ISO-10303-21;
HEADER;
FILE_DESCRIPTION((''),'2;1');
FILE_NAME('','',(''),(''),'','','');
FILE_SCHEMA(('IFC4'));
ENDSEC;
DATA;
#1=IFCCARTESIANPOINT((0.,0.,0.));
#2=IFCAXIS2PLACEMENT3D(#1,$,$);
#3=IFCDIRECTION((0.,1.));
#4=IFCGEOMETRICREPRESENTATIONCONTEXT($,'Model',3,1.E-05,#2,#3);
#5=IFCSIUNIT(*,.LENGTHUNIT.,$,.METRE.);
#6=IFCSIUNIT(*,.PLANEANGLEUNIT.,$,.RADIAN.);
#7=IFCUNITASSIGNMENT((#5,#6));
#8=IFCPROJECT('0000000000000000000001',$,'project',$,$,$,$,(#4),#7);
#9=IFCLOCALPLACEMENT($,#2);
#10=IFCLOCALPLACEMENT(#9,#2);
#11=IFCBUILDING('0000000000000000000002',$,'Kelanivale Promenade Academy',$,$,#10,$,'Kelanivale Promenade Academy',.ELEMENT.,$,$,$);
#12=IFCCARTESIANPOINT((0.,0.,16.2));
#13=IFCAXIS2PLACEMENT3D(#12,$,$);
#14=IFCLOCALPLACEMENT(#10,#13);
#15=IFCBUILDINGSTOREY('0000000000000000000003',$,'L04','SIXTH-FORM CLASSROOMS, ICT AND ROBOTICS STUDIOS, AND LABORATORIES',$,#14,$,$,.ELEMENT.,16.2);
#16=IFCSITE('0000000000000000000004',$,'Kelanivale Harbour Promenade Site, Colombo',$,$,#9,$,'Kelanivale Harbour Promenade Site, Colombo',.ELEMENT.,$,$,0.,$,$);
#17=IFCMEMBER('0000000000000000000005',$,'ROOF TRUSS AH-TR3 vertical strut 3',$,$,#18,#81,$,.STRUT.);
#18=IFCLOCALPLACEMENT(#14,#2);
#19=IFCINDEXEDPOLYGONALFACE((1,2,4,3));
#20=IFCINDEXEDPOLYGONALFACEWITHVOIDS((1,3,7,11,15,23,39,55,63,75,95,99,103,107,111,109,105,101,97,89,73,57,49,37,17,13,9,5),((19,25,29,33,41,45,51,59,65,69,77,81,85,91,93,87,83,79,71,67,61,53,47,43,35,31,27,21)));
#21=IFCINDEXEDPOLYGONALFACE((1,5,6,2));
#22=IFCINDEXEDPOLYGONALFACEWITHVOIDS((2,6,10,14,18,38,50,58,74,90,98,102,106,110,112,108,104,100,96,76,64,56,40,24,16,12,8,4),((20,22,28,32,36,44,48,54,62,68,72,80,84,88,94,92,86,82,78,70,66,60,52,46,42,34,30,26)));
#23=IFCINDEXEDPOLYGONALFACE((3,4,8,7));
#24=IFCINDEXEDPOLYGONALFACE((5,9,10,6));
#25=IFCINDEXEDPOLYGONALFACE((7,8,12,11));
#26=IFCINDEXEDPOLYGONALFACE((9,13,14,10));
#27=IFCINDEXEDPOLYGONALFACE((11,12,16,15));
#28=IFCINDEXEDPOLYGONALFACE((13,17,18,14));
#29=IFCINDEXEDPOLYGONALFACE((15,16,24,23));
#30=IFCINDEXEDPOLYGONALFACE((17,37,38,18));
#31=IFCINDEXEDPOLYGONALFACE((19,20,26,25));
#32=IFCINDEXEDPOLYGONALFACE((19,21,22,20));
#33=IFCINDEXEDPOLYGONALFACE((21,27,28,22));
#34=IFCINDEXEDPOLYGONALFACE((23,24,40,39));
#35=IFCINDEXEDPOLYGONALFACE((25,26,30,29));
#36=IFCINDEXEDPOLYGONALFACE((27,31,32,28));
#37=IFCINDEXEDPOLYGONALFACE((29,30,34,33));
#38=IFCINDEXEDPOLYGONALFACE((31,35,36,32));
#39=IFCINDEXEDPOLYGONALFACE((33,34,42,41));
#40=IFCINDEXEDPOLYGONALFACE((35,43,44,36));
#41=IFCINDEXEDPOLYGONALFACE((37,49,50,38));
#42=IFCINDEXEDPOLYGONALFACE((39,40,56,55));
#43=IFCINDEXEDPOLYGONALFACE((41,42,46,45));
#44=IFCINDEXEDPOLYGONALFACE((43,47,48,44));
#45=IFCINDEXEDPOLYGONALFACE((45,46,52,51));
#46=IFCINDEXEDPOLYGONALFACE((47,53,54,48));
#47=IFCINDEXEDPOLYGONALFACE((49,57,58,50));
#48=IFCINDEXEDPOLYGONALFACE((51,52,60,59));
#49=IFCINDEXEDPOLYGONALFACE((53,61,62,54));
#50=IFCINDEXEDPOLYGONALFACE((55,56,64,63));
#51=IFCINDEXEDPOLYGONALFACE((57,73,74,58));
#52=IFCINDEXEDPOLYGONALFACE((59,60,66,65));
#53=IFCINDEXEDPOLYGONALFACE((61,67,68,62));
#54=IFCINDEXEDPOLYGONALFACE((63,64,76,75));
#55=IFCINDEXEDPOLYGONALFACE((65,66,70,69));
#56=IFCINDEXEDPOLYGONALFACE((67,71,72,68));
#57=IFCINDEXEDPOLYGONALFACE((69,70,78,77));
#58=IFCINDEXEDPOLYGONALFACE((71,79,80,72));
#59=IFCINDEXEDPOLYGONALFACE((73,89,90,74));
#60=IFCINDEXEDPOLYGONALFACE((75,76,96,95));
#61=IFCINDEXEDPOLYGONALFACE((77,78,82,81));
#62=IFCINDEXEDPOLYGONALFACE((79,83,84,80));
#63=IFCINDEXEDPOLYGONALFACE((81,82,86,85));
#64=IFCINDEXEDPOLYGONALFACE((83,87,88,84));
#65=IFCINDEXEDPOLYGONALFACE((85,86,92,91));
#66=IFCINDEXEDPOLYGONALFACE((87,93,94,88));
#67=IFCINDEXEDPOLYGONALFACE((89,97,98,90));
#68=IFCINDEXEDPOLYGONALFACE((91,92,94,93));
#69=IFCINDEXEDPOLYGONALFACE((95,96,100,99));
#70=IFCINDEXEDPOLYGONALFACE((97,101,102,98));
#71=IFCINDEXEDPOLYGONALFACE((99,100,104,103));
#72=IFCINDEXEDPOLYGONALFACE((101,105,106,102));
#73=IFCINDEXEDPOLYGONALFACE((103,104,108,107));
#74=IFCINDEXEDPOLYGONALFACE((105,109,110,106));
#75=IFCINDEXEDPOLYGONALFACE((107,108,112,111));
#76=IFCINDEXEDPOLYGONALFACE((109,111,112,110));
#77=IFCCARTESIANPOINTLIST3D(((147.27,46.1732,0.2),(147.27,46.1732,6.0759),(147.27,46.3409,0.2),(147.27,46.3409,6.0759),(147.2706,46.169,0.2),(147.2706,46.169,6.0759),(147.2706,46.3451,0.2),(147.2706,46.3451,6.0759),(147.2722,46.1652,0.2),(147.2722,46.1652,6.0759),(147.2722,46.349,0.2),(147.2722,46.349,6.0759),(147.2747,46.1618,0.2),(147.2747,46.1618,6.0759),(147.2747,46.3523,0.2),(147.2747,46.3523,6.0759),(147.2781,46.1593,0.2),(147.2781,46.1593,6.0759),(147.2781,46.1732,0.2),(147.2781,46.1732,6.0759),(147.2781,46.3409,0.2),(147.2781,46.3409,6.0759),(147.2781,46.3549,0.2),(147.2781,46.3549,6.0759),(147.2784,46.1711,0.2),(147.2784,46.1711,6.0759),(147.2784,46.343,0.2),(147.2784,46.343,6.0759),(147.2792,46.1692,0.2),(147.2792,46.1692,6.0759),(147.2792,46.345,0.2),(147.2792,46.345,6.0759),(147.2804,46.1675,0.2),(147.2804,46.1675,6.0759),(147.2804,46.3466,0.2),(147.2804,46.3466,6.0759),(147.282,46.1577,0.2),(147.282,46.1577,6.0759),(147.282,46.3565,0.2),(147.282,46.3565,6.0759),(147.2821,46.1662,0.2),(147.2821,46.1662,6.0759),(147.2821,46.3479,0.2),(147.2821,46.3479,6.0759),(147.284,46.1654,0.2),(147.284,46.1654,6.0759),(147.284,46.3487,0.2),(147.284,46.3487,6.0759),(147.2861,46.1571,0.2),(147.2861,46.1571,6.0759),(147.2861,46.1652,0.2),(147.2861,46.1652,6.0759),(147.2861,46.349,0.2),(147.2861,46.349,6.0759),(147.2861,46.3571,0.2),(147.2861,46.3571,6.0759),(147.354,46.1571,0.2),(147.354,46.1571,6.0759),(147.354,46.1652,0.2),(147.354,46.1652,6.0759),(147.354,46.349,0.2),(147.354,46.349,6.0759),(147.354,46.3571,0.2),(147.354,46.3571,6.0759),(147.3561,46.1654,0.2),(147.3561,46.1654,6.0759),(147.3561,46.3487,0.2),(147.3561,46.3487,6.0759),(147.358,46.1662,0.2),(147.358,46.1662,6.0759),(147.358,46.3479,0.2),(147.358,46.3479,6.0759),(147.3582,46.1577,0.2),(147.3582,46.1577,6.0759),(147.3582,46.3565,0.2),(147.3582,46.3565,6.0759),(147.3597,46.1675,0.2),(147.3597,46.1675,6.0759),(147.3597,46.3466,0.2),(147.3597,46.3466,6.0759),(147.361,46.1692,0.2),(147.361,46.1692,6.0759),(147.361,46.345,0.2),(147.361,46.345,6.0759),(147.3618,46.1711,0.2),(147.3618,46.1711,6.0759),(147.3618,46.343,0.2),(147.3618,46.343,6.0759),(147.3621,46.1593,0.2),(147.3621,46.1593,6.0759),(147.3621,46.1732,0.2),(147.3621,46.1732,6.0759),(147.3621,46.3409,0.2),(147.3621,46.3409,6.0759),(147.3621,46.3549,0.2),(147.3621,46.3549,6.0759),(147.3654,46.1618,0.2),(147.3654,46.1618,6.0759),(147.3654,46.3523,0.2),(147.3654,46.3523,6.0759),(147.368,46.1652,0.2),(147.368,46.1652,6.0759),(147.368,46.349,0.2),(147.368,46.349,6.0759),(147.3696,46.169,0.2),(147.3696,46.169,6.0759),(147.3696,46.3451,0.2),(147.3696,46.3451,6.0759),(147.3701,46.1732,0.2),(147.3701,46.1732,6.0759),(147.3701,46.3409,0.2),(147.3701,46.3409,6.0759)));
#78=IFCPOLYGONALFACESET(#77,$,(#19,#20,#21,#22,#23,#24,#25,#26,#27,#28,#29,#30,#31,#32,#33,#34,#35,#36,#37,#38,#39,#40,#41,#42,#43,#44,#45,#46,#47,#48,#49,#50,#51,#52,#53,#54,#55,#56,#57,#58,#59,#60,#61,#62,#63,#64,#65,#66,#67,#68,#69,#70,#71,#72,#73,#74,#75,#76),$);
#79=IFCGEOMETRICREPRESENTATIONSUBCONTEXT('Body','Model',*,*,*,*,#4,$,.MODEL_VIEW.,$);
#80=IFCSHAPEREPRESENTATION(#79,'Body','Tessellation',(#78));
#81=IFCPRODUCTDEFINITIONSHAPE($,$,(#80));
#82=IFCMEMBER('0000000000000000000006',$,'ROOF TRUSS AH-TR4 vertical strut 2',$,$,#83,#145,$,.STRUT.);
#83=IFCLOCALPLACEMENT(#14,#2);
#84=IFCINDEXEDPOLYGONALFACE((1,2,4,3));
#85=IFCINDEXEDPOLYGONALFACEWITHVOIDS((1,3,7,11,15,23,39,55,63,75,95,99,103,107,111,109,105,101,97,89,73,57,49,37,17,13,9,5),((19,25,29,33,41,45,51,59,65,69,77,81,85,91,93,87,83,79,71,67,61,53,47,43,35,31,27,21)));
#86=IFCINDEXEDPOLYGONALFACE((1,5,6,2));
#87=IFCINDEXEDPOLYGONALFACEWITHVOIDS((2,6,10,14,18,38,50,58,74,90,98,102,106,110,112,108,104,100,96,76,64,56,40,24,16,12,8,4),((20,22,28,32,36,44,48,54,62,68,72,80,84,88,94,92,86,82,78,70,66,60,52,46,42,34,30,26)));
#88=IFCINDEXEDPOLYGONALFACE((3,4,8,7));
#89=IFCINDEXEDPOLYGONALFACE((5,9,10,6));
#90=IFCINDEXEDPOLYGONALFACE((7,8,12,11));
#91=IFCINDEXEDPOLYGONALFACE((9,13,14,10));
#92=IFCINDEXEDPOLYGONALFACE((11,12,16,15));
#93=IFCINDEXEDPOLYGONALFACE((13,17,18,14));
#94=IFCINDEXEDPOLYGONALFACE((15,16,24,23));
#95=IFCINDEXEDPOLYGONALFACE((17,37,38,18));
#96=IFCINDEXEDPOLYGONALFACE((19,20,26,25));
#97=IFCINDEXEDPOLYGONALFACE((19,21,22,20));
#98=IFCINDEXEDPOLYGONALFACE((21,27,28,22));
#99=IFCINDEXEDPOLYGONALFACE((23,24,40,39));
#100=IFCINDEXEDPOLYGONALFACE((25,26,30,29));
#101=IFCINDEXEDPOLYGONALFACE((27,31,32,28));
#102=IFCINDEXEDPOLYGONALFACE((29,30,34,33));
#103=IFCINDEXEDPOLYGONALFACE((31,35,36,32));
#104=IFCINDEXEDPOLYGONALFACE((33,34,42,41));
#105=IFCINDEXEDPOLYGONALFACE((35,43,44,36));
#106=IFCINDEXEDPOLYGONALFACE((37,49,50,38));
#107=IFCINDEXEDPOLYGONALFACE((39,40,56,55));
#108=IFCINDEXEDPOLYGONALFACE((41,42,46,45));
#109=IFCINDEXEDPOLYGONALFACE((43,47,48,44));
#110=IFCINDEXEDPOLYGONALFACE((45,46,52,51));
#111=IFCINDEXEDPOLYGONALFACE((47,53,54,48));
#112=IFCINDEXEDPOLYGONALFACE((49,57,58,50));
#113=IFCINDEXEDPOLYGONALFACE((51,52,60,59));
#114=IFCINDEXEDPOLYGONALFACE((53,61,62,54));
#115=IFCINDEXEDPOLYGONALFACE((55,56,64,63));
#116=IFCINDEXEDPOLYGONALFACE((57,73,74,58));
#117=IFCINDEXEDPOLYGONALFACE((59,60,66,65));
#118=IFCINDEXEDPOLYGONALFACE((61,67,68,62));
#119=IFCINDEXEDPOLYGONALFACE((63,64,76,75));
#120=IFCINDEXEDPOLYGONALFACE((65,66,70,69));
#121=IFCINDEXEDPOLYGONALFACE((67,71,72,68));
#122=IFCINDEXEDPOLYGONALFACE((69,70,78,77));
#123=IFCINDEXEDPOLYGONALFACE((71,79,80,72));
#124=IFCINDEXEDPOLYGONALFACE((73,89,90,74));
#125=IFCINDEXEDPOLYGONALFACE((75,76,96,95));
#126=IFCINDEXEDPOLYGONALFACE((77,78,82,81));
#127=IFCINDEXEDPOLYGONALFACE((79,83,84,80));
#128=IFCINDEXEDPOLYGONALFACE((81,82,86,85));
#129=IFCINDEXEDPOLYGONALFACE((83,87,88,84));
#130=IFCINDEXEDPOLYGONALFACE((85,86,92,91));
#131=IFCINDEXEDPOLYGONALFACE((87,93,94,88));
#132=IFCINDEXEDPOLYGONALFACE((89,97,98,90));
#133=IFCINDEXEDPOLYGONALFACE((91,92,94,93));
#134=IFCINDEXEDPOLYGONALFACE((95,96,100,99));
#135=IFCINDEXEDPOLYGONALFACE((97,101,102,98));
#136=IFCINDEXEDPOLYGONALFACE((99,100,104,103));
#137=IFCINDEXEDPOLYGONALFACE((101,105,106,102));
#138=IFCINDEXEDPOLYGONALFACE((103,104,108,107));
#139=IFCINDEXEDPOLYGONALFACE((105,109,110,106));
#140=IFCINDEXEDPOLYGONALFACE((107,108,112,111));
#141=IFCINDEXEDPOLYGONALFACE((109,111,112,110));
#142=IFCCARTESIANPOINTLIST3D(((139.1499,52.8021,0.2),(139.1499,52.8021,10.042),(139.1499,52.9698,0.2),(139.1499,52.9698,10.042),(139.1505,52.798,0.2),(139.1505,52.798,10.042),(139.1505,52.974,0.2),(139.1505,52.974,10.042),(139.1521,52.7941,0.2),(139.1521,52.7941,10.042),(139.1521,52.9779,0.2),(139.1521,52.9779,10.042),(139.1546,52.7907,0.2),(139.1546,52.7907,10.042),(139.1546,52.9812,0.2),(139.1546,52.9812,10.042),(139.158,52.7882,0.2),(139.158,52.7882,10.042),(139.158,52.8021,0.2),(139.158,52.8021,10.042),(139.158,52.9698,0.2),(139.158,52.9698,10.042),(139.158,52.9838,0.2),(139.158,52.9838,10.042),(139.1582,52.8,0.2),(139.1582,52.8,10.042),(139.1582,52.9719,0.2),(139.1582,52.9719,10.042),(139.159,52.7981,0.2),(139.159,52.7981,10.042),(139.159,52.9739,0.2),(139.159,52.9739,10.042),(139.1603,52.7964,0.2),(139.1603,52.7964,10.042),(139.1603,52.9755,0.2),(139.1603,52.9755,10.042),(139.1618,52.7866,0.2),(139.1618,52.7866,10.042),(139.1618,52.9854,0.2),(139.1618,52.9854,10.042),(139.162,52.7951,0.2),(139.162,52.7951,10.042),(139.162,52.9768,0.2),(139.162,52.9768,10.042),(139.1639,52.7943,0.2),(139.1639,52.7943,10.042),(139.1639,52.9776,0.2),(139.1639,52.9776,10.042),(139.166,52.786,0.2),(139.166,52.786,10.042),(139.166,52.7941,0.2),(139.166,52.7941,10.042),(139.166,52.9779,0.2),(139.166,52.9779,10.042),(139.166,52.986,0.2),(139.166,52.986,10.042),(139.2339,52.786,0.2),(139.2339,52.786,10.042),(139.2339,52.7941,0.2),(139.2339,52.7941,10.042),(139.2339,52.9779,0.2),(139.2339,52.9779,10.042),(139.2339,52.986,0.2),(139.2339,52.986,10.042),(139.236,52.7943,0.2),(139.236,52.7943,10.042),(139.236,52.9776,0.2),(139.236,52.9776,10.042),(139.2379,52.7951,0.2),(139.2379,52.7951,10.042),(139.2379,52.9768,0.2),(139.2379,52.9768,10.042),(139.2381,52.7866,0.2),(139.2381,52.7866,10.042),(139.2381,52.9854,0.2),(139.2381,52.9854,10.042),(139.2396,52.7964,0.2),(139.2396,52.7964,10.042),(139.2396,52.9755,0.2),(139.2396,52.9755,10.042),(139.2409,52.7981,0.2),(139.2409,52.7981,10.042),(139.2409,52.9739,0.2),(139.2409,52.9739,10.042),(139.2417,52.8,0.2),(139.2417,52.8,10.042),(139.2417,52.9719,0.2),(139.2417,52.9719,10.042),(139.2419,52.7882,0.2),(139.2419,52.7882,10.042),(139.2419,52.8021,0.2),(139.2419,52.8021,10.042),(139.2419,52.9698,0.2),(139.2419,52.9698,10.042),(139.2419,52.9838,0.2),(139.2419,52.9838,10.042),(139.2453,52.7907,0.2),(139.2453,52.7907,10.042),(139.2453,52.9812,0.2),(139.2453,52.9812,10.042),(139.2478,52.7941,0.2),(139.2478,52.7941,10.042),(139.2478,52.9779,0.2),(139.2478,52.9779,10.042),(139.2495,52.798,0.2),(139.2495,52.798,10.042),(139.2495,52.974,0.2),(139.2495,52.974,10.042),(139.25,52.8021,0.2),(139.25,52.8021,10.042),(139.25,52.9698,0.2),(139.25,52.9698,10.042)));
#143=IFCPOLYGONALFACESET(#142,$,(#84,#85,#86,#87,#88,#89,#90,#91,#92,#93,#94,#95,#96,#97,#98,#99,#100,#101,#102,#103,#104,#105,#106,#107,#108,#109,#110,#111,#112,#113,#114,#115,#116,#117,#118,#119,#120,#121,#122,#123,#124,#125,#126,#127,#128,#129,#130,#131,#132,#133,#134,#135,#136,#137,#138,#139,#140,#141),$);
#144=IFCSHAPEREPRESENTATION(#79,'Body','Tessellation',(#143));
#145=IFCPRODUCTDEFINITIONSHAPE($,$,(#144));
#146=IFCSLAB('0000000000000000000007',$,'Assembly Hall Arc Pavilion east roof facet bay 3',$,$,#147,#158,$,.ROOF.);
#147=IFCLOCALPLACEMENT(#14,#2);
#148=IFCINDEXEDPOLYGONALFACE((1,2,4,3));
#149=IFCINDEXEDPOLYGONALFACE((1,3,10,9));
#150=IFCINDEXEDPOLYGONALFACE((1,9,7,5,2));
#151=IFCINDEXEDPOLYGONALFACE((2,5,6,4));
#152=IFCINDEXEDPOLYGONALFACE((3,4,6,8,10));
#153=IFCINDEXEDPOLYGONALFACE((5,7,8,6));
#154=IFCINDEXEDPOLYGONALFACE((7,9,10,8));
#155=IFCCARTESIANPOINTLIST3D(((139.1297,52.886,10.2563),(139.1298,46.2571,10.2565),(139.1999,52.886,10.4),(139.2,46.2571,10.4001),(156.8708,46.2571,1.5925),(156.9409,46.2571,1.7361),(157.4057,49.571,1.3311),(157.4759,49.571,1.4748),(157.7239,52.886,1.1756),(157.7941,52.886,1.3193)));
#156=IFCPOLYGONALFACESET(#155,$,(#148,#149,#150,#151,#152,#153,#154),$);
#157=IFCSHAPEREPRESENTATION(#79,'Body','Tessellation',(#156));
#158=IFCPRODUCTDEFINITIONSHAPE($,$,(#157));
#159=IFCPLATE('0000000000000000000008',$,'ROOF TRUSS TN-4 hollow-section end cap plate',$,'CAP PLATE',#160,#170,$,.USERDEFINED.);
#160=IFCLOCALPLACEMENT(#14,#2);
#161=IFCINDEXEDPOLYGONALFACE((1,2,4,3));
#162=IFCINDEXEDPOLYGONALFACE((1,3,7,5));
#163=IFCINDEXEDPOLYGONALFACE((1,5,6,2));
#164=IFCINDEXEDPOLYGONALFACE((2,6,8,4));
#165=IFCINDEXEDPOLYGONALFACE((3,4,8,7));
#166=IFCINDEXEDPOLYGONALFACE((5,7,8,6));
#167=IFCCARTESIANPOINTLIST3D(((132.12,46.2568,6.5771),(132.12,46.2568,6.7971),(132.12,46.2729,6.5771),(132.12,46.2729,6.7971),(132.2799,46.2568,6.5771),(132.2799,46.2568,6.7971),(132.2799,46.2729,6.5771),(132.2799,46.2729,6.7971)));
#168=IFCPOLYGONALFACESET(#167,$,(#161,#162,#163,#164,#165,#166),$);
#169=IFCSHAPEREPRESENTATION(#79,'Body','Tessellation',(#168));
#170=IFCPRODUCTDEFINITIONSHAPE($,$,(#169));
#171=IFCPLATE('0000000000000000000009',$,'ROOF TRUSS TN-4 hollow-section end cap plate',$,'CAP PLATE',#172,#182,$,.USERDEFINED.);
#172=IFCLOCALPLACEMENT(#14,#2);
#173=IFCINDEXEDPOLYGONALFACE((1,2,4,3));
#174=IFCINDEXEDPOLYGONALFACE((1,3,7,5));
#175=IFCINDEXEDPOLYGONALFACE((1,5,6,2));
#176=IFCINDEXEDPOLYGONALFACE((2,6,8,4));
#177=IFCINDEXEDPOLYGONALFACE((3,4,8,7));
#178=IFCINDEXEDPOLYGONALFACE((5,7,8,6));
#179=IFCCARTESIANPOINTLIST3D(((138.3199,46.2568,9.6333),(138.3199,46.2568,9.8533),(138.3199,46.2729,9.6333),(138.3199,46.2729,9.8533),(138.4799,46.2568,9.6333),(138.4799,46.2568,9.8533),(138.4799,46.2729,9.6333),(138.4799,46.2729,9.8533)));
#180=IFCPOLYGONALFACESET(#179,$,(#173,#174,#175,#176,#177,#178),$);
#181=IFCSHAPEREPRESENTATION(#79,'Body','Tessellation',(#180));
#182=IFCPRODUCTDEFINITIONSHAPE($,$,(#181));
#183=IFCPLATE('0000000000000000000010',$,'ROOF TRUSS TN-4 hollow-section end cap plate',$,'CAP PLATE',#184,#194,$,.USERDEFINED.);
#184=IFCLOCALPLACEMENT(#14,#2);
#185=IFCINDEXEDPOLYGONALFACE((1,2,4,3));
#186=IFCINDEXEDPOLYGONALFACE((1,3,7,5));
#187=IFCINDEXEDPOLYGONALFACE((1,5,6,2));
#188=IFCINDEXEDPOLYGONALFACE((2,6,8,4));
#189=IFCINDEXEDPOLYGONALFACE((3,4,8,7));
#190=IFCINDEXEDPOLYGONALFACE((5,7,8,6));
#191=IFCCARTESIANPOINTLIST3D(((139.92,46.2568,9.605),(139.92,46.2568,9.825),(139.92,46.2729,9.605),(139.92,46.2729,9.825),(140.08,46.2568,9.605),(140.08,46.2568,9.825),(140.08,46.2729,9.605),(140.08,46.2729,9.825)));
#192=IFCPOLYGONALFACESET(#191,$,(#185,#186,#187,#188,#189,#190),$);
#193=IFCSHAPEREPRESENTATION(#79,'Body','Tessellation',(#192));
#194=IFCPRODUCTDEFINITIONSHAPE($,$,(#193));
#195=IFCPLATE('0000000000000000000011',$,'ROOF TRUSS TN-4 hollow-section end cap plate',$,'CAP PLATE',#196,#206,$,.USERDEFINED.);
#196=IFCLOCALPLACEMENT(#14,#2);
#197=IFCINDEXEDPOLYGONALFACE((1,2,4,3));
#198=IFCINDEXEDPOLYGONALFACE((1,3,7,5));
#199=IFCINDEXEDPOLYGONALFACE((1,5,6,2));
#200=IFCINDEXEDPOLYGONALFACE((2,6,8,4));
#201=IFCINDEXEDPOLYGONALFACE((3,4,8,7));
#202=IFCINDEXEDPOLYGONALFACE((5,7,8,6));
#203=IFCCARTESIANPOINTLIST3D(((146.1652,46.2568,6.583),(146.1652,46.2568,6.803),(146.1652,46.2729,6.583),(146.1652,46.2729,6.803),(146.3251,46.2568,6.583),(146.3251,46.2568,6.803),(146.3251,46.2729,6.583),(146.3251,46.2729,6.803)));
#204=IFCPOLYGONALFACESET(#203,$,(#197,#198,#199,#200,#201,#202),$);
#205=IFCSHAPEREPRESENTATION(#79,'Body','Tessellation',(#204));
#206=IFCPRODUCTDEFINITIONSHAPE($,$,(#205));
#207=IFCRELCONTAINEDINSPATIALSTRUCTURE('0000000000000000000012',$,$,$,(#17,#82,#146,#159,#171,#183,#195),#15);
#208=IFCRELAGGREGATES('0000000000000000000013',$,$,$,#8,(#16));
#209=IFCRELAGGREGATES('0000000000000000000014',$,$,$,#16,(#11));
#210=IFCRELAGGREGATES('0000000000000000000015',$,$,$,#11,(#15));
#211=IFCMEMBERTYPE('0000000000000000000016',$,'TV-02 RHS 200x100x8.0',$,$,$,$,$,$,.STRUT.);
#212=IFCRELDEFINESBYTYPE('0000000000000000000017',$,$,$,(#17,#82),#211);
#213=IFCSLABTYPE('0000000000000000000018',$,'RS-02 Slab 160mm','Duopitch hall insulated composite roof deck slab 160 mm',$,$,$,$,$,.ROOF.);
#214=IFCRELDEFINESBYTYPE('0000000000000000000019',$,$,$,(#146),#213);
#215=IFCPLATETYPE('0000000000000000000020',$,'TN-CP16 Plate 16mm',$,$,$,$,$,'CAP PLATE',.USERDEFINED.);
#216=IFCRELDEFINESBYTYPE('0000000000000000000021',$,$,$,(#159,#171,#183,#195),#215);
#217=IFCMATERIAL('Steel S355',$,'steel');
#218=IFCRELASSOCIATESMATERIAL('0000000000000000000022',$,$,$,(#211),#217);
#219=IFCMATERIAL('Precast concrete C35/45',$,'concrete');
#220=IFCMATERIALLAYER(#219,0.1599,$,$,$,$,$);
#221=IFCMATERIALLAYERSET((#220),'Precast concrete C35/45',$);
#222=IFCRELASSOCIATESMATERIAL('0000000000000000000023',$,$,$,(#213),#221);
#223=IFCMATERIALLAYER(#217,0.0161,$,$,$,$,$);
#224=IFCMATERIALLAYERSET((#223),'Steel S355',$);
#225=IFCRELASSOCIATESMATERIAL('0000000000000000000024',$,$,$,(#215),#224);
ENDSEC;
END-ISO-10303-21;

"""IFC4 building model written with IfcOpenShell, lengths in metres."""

from ifc_helpers import new_model, si_unit, direction, frame, origin, origin_2d, place, context, subcontext, project, spatial, polyline, rectangle, hollow_rectangle, outline, extrude, material, layer, layer_set, material_profile, profile_set, type_object, element, save


model = new_model("IFC4")

# Units and contexts
model_context = context("Model", 3, precision=1e-05, world=origin(), true_north=direction((0.0, 1.0)))
body_context = subcontext(model_context, "Body", "Model", "MODEL_VIEW")
ifc_project = project(units=[si_unit("LENGTHUNIT", "METRE"), si_unit("PLANEANGLEUNIT", "RADIAN")], contexts=[model_context])

# Site, building, storey
site_placement = place(None, origin())
site = spatial("IfcSite", under=ifc_project, at=site_placement, Name="Kelanivale Harbour Promenade Site, Colombo", LongName="Kelanivale Harbour Promenade Site, Colombo", CompositionType="ELEMENT", RefElevation=0.0)
building_placement = place(site_placement, origin())
building = spatial("IfcBuilding", under=site, at=building_placement, Name="Kelanivale Promenade Academy", LongName="Kelanivale Promenade Academy", CompositionType="ELEMENT")
storey_placement = place(building_placement, frame((0.0, 0.0, 16.2)))
storey = spatial("IfcBuildingStorey", under=building, at=storey_placement, Name="L04", Description="SIXTH-FORM CLASSROOMS, ICT AND ROBOTICS STUDIOS, AND LABORATORIES", CompositionType="ELEMENT", Elevation=16.2)

# Members
ifc_material_1 = material(Name="Steel S355", Category="steel")
ifc_material_profile_1 = material_profile(ifc_material_1, hollow_rectangle(XDim=0.1001, YDim=0.2, WallThickness=0.0081, InnerFilletRadius=0.0081, OuterFilletRadius=0.0161, at=origin_2d()), Name="RHS 200x100x8.0")
ifc_profile_set_1 = profile_set([ifc_material_profile_1], Name="Steel S355")
member_type_1 = type_object("IfcMemberType", Name="TV-02 RHS 200x100x8.0", PredefinedType="STRUT", material=ifc_profile_set_1)
member_1_placement = place(storey_placement, frame((147.3201, 46.2571, 0.2), z_axis=(0.0, 0.0, 1.0), x_axis=(1.0, 0.0, 0.0)))
element("IfcMember", 1, at=member_1_placement, inside=storey, type_object=member_type_1, Name="ROOF TRUSS AH-TR3 vertical strut 3", PredefinedType="STRUT", context=body_context, shape_type="SweptSolid", body=[
    extrude(hollow_rectangle(XDim=0.1001, YDim=0.2, WallThickness=0.0081, InnerFilletRadius=0.0081, OuterFilletRadius=0.0161, at=origin_2d()), origin(), (0.0, 0.0, 1.0), 5.876),
])
member_2_placement = place(storey_placement, frame((139.2, 52.886, 0.2), z_axis=(0.0, 0.0, 1.0), x_axis=(1.0, 0.0, 0.0)))
element("IfcMember", 2, at=member_2_placement, inside=storey, type_object=member_type_1, Name="ROOF TRUSS AH-TR4 vertical strut 2", PredefinedType="STRUT", context=body_context, shape_type="SweptSolid", body=[
    extrude(hollow_rectangle(XDim=0.1001, YDim=0.2, WallThickness=0.0081, InnerFilletRadius=0.0081, OuterFilletRadius=0.0161, at=origin_2d()), origin(), (0.0, 0.0, 1.0), 9.842),
])

# Slab
ifc_material_2 = material(Name="Precast concrete C35/45", Category="concrete")
ifc_layer_1 = layer(ifc_material_2, 0.1599)
ifc_layer_set_1 = layer_set([ifc_layer_1], Name="Precast concrete C35/45")
slab_type = type_object("IfcSlabType", Name="RS-02 Slab 160mm", Description="Duopitch hall insulated composite roof deck slab 160 mm", PredefinedType="ROOF", material=ifc_layer_set_1)
slab_placement = place(storey_placement, frame((139.2, 46.2571, 10.4001), z_axis=(0.438827, 0.000029, 0.898572), x_axis=(0.898572, 0.0, -0.438827)))
element("IfcSlab", 3, at=slab_placement, inside=storey, type_object=slab_type, Name="Assembly Hall Arc Pavilion east roof facet bay 3", PredefinedType="ROOF", context=body_context, shape_type="SweptSolid", body=[
    extrude(outline(polyline([(0.0, 0.0), (19.7436, 0.0), (20.339, 3.314), (20.693, 6.6289), (0.0, 6.6289), (0.0, 0.0)])), origin(), (0.0, 0.0, -1.0), 0.1599),
])

# Plates
ifc_layer_2 = layer(ifc_material_1, 0.0161)
ifc_layer_set_2 = layer_set([ifc_layer_2], Name="Steel S355")
plate_type_1 = type_object("IfcPlateType", Name="TN-CP16 Plate 16mm", ElementType="CAP PLATE", PredefinedType="USERDEFINED", material=ifc_layer_set_2)
for number, where, z_axis, x_axis, name in (
    (4, (132.2, 46.2649, 6.5771), (0.0, 0.0, 1.0), (0.0, 1.0, 0.0), "ROOF TRUSS TN-4 hollow-section end cap plate"),
    (5, (138.3999, 46.2649, 9.6333), (0.0, 0.0, 1.0), (0.0, 1.0, 0.0), "ROOF TRUSS TN-4 hollow-section end cap plate"),
    (6, (140.0, 46.2649, 9.605), (0.0, 0.0, 1.0), (0.0, 1.0, 0.0), "ROOF TRUSS TN-4 hollow-section end cap plate"),
    (7, (146.2451, 46.2649, 6.583), (0.0, 0.0, 1.0), (0.0, 1.0, 0.0), "ROOF TRUSS TN-4 hollow-section end cap plate"),
):
    element("IfcPlate", number, at=place(storey_placement, frame(where, z_axis=z_axis, x_axis=x_axis)), inside=storey, type_object=plate_type_1, Name=name, ObjectType="CAP PLATE", PredefinedType="USERDEFINED", context=body_context, shape_type="SweptSolid", body=[
        extrude(rectangle(XDim=0.0161, YDim=0.1599, at=origin_2d()), origin(), (0.0, 0.0, 1.0), 0.22),
    ])

save(model, "model.ifc")
